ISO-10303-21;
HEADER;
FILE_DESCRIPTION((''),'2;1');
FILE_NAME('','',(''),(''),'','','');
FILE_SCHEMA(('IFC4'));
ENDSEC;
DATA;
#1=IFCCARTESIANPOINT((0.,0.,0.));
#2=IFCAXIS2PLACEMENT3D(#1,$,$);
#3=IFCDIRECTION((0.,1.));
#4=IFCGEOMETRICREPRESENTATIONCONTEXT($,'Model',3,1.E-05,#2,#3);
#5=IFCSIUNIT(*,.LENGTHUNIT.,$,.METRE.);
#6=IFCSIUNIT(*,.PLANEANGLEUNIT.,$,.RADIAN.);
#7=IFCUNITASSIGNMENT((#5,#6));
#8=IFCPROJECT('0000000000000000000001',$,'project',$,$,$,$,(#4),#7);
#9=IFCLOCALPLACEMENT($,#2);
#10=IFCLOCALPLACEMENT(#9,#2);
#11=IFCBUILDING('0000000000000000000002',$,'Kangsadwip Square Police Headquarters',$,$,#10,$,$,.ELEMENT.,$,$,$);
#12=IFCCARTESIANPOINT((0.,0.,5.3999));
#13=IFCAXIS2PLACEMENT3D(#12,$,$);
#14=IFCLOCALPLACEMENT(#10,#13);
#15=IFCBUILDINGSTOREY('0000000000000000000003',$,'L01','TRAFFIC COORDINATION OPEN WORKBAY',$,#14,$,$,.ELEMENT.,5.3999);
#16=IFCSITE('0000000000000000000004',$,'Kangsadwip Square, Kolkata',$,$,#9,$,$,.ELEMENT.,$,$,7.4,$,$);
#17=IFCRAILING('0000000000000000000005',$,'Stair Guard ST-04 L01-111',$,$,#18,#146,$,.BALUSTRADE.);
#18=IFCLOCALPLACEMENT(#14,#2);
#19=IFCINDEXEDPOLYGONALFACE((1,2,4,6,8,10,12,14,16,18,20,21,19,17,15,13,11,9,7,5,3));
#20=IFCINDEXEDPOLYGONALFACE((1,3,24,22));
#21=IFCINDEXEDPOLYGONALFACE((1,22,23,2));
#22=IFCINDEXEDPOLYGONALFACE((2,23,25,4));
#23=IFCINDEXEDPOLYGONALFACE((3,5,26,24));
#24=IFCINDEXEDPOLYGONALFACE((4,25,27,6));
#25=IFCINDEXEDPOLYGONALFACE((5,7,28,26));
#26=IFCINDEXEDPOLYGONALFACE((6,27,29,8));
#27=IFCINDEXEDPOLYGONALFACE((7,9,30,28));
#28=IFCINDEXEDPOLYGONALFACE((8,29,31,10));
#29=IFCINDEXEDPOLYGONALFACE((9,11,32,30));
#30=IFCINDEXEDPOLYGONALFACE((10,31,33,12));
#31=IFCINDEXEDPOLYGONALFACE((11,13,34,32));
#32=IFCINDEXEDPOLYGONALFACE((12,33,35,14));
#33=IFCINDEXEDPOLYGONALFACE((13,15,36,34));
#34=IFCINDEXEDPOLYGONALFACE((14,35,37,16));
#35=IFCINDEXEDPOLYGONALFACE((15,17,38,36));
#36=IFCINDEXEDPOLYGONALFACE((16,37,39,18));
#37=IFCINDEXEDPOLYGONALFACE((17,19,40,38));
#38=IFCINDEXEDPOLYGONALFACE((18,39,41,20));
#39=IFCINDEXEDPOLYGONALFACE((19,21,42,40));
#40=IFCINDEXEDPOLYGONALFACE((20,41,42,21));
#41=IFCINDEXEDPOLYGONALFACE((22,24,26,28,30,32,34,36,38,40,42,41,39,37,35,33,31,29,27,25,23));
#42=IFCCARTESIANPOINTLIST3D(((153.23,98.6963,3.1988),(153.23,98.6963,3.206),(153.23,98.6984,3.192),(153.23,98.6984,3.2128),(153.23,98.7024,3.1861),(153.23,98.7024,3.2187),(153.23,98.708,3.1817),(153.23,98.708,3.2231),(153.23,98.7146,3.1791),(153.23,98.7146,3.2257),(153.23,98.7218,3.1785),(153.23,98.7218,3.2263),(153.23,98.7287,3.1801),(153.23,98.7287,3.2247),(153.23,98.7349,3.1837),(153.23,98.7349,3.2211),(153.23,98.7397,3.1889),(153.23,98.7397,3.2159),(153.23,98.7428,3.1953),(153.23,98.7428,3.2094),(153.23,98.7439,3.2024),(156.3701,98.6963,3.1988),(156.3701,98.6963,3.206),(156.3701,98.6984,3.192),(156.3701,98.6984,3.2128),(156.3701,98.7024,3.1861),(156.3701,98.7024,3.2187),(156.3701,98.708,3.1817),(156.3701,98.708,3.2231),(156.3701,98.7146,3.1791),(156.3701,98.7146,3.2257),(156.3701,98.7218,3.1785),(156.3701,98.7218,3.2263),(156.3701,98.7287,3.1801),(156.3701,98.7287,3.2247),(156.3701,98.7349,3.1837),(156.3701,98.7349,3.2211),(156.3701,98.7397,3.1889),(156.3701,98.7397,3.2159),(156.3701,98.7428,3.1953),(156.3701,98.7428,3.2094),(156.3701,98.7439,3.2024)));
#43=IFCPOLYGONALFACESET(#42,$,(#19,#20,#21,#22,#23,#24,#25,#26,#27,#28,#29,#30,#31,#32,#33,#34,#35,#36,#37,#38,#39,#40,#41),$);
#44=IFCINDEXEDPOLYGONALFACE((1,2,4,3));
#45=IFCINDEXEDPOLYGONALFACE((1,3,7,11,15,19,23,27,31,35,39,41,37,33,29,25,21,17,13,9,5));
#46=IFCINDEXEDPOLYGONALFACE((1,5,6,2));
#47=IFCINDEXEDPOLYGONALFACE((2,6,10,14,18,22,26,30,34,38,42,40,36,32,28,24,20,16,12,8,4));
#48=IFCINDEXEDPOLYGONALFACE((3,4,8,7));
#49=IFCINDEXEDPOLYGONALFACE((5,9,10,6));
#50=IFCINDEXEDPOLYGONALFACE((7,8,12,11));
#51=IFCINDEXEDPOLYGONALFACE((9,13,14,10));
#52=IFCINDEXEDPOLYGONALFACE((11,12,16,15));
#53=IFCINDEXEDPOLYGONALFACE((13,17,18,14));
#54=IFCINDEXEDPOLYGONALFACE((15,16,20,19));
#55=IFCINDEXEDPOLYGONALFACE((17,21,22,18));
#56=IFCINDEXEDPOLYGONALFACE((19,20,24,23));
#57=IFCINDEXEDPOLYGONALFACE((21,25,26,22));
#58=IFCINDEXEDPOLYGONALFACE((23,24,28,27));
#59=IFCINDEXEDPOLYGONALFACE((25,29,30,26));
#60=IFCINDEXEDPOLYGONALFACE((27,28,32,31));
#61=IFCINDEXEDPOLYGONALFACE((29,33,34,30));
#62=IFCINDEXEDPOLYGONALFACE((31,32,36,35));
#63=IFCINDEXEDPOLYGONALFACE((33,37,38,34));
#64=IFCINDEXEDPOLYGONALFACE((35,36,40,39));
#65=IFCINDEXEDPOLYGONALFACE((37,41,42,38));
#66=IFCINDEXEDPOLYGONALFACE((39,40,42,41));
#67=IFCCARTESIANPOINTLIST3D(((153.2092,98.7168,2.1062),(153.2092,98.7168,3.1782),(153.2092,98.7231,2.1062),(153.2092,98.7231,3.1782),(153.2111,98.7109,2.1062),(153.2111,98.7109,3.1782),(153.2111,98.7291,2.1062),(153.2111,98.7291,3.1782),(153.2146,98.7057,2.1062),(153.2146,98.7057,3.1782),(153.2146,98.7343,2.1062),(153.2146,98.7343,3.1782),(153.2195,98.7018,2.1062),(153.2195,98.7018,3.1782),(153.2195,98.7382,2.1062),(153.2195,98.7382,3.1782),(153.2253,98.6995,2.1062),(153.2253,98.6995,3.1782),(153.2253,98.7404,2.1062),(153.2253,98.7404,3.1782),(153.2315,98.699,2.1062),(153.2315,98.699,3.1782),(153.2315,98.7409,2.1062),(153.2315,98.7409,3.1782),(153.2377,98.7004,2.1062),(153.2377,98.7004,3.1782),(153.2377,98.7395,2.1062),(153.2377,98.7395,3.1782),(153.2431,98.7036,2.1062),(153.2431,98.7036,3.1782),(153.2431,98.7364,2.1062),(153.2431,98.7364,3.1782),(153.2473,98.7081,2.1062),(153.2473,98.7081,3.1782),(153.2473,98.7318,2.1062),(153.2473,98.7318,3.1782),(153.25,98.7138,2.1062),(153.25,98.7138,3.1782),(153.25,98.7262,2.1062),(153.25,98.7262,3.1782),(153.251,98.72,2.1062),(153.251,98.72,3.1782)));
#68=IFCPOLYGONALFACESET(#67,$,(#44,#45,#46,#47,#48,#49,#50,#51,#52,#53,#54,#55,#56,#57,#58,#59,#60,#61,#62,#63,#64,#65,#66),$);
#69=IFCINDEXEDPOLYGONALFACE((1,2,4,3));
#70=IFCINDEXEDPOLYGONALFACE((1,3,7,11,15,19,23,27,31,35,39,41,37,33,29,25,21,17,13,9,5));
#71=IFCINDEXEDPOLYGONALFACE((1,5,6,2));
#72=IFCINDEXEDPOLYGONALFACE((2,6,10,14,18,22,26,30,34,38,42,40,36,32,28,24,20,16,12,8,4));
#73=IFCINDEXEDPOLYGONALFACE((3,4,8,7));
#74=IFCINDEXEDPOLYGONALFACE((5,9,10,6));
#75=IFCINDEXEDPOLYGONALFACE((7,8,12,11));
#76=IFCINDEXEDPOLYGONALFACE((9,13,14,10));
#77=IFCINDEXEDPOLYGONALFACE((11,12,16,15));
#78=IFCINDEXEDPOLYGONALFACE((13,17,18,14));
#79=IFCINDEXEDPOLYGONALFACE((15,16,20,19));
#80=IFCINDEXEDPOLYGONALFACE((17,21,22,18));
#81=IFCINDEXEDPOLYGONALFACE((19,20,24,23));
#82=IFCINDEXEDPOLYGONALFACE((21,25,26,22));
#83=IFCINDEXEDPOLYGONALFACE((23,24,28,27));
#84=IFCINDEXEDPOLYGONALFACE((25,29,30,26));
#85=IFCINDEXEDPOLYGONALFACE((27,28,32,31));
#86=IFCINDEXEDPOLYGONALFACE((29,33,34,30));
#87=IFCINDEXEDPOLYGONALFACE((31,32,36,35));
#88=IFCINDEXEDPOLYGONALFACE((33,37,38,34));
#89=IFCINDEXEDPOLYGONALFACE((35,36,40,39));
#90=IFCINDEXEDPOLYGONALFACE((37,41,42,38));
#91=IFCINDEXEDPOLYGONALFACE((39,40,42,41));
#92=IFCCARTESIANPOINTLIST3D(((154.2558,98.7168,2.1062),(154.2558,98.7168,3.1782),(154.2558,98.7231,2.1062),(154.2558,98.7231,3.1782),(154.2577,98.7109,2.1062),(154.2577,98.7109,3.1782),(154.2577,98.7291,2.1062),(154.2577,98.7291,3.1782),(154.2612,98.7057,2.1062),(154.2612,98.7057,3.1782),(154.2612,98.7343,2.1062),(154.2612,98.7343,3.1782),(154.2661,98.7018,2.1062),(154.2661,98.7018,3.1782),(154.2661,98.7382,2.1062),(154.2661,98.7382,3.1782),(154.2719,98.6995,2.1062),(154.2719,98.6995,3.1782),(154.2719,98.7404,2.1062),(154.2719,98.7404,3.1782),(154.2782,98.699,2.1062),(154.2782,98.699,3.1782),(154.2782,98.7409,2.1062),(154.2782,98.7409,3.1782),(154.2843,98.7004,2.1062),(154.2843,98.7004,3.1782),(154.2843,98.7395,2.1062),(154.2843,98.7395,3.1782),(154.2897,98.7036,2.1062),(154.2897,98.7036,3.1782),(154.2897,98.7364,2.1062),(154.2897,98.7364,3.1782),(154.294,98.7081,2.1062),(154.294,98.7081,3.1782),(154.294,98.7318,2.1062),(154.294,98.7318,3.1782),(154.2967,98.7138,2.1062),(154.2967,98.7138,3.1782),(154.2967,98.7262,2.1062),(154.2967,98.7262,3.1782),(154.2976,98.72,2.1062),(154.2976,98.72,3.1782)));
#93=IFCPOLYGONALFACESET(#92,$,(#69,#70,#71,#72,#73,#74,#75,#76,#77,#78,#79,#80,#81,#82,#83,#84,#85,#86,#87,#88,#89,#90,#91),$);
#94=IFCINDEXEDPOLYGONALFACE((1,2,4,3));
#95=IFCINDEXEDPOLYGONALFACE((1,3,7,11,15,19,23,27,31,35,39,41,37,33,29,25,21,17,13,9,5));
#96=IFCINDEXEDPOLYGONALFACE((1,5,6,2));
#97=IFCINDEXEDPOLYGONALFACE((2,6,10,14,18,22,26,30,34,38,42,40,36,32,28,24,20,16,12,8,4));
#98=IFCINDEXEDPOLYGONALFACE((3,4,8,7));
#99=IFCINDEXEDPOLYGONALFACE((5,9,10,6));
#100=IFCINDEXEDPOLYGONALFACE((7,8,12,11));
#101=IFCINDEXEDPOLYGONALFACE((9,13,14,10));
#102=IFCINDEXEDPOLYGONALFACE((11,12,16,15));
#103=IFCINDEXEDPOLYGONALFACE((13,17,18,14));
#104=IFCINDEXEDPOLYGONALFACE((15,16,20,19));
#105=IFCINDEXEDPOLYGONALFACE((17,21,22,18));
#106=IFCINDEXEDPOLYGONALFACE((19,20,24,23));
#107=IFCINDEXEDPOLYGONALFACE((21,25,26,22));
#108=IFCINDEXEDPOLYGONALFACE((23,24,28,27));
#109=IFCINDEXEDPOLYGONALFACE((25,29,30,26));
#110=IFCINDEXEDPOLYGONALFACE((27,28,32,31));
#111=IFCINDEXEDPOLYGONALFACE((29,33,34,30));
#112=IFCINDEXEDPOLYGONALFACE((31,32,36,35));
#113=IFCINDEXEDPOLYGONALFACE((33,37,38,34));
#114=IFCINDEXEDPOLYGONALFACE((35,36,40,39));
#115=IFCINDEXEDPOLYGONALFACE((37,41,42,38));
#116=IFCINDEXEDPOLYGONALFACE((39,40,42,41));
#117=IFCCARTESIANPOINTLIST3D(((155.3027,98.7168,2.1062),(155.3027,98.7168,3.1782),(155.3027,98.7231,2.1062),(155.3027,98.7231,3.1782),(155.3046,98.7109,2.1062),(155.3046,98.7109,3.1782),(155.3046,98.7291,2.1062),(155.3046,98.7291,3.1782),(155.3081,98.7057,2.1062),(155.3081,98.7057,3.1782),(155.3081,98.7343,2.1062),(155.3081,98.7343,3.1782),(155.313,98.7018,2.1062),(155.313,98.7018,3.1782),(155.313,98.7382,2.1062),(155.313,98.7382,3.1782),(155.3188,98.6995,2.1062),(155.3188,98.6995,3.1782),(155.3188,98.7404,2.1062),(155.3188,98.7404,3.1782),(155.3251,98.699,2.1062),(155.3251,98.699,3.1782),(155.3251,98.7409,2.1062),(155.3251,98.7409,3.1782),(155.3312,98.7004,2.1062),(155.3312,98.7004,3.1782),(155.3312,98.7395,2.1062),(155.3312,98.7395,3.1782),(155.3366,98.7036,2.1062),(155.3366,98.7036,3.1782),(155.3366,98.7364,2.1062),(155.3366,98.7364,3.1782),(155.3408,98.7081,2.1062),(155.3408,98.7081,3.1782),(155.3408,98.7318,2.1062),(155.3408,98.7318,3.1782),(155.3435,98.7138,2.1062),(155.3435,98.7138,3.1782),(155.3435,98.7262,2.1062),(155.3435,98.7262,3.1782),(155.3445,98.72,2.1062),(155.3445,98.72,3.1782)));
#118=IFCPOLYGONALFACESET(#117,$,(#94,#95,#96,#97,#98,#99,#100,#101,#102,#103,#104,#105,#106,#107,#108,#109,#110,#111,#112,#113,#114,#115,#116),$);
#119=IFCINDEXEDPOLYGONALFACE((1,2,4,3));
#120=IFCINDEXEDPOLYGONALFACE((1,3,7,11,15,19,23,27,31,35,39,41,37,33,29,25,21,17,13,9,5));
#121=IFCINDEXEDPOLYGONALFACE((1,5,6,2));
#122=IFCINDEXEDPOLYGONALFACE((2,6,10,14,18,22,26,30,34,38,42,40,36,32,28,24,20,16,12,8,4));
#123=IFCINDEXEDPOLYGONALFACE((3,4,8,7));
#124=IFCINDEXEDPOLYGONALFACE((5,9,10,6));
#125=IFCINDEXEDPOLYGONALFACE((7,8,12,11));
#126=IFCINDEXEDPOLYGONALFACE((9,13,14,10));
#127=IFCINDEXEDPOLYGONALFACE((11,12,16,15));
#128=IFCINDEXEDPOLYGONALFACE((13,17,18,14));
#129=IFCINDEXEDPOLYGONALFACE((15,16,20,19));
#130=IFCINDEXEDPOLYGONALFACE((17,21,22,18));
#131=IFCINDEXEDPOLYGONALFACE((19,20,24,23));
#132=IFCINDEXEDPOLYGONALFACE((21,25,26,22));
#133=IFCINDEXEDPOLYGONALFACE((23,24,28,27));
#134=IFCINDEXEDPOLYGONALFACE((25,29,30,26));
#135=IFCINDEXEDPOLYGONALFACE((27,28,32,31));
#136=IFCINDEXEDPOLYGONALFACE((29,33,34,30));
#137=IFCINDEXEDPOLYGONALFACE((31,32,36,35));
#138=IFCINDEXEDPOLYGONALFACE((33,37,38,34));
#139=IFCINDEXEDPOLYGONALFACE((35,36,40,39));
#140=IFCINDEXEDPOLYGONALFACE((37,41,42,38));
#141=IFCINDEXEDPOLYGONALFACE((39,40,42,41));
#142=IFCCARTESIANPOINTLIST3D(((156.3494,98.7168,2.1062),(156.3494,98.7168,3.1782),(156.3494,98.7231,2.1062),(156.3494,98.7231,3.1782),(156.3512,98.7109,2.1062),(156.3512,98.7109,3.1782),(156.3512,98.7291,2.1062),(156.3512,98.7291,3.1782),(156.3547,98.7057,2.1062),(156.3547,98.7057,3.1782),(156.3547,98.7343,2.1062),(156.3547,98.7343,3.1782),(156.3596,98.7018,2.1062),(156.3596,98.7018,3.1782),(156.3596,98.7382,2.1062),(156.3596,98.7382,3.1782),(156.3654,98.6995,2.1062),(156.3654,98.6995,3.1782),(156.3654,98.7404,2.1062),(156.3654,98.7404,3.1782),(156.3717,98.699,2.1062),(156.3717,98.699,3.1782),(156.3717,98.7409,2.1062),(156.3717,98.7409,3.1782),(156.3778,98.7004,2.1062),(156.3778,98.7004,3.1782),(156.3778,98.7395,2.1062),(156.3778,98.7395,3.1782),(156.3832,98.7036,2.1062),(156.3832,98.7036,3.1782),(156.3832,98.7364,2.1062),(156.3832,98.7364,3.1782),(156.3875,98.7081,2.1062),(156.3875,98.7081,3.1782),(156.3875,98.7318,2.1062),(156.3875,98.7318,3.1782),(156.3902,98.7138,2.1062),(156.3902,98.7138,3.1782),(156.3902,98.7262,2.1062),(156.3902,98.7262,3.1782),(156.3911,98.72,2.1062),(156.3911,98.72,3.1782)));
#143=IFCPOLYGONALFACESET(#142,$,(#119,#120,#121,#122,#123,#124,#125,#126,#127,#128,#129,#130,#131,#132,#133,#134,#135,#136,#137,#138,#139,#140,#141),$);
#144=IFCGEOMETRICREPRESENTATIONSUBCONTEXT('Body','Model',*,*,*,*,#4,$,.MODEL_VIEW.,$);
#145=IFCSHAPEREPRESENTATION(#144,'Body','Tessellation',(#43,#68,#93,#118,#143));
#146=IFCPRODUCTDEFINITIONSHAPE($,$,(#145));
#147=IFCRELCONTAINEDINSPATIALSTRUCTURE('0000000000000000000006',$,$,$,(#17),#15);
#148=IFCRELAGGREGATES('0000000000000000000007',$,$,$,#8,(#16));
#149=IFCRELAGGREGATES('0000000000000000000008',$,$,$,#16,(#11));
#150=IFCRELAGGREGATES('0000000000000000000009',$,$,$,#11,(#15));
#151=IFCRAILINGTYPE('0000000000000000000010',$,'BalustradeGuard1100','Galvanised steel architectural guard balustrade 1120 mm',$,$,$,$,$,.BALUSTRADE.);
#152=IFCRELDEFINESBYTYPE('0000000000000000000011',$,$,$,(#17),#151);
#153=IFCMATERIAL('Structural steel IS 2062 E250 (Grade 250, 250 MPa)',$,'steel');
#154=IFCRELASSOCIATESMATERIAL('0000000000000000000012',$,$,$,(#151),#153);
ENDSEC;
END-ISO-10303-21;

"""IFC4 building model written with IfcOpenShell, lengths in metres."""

from ifc_helpers import new_model, si_unit, direction, frame, origin, origin_2d, place, context, subcontext, project, spatial, circle, extrude, material, type_object, element, save


model = new_model("IFC4")

# Units and contexts
model_context = context("Model", 3, precision=1e-05, world=origin(), true_north=direction((0.0, 1.0)))
body_context = subcontext(model_context, "Body", "Model", "MODEL_VIEW")
ifc_project = project(units=[si_unit("LENGTHUNIT", "METRE"), si_unit("PLANEANGLEUNIT", "RADIAN")], contexts=[model_context])

# Site, building, storey
site_placement = place(None, origin())
site = spatial("IfcSite", under=ifc_project, at=site_placement, Name="Kangsadwip Square, Kolkata", CompositionType="ELEMENT", RefElevation=7.4)
building_placement = place(site_placement, origin())
building = spatial("IfcBuilding", under=site, at=building_placement, Name="Kangsadwip Square Police Headquarters", CompositionType="ELEMENT")
storey_placement = place(building_placement, frame((0.0, 0.0, 5.3999)))
storey = spatial("IfcBuildingStorey", under=building, at=storey_placement, Name="L01", Description="TRAFFIC COORDINATION OPEN WORKBAY", CompositionType="ELEMENT", Elevation=5.3999)

# Railing
ifc_material_1 = material(Name="Structural steel IS 2062 E250 (Grade 250, 250 MPa)", Category="steel")
railing_type_1 = type_object("IfcRailingType", Name="BalustradeGuard1100", Description="Galvanised steel architectural guard balustrade 1120 mm", PredefinedType="BALUSTRADE", material=ifc_material_1)
for number, where, name in (
    (1, (153.23, 98.72, 2.1062), "Stair Guard ST-04 L01-111"),
):
    element("IfcRailing", number, at=place(storey_placement, frame(where)), inside=storey, type_object=railing_type_1, Name=name, PredefinedType="BALUSTRADE", context=body_context, shape_type="SweptSolid", body=[
        extrude(circle(Radius=0.0239, at=origin_2d()), frame((0.0, 0.0, 1.0962), z_axis=(1.0, 0.0, 0.0), x_axis=(0.0, 1.0, 0.0)), (0.0, 0.0, 1.0), 3.1401),
        extrude(circle(Radius=0.021, at=origin_2d()), origin(), (0.0, 0.0, 1.0), 1.072),
        extrude(circle(Radius=0.021, at=origin_2d()), frame((1.0466, 0.0, 0.0)), (0.0, 0.0, 1.0), 1.072),
        extrude(circle(Radius=0.021, at=origin_2d()), frame((2.0935, 0.0, 0.0)), (0.0, 0.0, 1.0), 1.072),
        extrude(circle(Radius=0.021, at=origin_2d()), frame((3.1401, 0.0, 0.0)), (0.0, 0.0, 1.0), 1.072),
    ])

save(model, "model.ifc")
